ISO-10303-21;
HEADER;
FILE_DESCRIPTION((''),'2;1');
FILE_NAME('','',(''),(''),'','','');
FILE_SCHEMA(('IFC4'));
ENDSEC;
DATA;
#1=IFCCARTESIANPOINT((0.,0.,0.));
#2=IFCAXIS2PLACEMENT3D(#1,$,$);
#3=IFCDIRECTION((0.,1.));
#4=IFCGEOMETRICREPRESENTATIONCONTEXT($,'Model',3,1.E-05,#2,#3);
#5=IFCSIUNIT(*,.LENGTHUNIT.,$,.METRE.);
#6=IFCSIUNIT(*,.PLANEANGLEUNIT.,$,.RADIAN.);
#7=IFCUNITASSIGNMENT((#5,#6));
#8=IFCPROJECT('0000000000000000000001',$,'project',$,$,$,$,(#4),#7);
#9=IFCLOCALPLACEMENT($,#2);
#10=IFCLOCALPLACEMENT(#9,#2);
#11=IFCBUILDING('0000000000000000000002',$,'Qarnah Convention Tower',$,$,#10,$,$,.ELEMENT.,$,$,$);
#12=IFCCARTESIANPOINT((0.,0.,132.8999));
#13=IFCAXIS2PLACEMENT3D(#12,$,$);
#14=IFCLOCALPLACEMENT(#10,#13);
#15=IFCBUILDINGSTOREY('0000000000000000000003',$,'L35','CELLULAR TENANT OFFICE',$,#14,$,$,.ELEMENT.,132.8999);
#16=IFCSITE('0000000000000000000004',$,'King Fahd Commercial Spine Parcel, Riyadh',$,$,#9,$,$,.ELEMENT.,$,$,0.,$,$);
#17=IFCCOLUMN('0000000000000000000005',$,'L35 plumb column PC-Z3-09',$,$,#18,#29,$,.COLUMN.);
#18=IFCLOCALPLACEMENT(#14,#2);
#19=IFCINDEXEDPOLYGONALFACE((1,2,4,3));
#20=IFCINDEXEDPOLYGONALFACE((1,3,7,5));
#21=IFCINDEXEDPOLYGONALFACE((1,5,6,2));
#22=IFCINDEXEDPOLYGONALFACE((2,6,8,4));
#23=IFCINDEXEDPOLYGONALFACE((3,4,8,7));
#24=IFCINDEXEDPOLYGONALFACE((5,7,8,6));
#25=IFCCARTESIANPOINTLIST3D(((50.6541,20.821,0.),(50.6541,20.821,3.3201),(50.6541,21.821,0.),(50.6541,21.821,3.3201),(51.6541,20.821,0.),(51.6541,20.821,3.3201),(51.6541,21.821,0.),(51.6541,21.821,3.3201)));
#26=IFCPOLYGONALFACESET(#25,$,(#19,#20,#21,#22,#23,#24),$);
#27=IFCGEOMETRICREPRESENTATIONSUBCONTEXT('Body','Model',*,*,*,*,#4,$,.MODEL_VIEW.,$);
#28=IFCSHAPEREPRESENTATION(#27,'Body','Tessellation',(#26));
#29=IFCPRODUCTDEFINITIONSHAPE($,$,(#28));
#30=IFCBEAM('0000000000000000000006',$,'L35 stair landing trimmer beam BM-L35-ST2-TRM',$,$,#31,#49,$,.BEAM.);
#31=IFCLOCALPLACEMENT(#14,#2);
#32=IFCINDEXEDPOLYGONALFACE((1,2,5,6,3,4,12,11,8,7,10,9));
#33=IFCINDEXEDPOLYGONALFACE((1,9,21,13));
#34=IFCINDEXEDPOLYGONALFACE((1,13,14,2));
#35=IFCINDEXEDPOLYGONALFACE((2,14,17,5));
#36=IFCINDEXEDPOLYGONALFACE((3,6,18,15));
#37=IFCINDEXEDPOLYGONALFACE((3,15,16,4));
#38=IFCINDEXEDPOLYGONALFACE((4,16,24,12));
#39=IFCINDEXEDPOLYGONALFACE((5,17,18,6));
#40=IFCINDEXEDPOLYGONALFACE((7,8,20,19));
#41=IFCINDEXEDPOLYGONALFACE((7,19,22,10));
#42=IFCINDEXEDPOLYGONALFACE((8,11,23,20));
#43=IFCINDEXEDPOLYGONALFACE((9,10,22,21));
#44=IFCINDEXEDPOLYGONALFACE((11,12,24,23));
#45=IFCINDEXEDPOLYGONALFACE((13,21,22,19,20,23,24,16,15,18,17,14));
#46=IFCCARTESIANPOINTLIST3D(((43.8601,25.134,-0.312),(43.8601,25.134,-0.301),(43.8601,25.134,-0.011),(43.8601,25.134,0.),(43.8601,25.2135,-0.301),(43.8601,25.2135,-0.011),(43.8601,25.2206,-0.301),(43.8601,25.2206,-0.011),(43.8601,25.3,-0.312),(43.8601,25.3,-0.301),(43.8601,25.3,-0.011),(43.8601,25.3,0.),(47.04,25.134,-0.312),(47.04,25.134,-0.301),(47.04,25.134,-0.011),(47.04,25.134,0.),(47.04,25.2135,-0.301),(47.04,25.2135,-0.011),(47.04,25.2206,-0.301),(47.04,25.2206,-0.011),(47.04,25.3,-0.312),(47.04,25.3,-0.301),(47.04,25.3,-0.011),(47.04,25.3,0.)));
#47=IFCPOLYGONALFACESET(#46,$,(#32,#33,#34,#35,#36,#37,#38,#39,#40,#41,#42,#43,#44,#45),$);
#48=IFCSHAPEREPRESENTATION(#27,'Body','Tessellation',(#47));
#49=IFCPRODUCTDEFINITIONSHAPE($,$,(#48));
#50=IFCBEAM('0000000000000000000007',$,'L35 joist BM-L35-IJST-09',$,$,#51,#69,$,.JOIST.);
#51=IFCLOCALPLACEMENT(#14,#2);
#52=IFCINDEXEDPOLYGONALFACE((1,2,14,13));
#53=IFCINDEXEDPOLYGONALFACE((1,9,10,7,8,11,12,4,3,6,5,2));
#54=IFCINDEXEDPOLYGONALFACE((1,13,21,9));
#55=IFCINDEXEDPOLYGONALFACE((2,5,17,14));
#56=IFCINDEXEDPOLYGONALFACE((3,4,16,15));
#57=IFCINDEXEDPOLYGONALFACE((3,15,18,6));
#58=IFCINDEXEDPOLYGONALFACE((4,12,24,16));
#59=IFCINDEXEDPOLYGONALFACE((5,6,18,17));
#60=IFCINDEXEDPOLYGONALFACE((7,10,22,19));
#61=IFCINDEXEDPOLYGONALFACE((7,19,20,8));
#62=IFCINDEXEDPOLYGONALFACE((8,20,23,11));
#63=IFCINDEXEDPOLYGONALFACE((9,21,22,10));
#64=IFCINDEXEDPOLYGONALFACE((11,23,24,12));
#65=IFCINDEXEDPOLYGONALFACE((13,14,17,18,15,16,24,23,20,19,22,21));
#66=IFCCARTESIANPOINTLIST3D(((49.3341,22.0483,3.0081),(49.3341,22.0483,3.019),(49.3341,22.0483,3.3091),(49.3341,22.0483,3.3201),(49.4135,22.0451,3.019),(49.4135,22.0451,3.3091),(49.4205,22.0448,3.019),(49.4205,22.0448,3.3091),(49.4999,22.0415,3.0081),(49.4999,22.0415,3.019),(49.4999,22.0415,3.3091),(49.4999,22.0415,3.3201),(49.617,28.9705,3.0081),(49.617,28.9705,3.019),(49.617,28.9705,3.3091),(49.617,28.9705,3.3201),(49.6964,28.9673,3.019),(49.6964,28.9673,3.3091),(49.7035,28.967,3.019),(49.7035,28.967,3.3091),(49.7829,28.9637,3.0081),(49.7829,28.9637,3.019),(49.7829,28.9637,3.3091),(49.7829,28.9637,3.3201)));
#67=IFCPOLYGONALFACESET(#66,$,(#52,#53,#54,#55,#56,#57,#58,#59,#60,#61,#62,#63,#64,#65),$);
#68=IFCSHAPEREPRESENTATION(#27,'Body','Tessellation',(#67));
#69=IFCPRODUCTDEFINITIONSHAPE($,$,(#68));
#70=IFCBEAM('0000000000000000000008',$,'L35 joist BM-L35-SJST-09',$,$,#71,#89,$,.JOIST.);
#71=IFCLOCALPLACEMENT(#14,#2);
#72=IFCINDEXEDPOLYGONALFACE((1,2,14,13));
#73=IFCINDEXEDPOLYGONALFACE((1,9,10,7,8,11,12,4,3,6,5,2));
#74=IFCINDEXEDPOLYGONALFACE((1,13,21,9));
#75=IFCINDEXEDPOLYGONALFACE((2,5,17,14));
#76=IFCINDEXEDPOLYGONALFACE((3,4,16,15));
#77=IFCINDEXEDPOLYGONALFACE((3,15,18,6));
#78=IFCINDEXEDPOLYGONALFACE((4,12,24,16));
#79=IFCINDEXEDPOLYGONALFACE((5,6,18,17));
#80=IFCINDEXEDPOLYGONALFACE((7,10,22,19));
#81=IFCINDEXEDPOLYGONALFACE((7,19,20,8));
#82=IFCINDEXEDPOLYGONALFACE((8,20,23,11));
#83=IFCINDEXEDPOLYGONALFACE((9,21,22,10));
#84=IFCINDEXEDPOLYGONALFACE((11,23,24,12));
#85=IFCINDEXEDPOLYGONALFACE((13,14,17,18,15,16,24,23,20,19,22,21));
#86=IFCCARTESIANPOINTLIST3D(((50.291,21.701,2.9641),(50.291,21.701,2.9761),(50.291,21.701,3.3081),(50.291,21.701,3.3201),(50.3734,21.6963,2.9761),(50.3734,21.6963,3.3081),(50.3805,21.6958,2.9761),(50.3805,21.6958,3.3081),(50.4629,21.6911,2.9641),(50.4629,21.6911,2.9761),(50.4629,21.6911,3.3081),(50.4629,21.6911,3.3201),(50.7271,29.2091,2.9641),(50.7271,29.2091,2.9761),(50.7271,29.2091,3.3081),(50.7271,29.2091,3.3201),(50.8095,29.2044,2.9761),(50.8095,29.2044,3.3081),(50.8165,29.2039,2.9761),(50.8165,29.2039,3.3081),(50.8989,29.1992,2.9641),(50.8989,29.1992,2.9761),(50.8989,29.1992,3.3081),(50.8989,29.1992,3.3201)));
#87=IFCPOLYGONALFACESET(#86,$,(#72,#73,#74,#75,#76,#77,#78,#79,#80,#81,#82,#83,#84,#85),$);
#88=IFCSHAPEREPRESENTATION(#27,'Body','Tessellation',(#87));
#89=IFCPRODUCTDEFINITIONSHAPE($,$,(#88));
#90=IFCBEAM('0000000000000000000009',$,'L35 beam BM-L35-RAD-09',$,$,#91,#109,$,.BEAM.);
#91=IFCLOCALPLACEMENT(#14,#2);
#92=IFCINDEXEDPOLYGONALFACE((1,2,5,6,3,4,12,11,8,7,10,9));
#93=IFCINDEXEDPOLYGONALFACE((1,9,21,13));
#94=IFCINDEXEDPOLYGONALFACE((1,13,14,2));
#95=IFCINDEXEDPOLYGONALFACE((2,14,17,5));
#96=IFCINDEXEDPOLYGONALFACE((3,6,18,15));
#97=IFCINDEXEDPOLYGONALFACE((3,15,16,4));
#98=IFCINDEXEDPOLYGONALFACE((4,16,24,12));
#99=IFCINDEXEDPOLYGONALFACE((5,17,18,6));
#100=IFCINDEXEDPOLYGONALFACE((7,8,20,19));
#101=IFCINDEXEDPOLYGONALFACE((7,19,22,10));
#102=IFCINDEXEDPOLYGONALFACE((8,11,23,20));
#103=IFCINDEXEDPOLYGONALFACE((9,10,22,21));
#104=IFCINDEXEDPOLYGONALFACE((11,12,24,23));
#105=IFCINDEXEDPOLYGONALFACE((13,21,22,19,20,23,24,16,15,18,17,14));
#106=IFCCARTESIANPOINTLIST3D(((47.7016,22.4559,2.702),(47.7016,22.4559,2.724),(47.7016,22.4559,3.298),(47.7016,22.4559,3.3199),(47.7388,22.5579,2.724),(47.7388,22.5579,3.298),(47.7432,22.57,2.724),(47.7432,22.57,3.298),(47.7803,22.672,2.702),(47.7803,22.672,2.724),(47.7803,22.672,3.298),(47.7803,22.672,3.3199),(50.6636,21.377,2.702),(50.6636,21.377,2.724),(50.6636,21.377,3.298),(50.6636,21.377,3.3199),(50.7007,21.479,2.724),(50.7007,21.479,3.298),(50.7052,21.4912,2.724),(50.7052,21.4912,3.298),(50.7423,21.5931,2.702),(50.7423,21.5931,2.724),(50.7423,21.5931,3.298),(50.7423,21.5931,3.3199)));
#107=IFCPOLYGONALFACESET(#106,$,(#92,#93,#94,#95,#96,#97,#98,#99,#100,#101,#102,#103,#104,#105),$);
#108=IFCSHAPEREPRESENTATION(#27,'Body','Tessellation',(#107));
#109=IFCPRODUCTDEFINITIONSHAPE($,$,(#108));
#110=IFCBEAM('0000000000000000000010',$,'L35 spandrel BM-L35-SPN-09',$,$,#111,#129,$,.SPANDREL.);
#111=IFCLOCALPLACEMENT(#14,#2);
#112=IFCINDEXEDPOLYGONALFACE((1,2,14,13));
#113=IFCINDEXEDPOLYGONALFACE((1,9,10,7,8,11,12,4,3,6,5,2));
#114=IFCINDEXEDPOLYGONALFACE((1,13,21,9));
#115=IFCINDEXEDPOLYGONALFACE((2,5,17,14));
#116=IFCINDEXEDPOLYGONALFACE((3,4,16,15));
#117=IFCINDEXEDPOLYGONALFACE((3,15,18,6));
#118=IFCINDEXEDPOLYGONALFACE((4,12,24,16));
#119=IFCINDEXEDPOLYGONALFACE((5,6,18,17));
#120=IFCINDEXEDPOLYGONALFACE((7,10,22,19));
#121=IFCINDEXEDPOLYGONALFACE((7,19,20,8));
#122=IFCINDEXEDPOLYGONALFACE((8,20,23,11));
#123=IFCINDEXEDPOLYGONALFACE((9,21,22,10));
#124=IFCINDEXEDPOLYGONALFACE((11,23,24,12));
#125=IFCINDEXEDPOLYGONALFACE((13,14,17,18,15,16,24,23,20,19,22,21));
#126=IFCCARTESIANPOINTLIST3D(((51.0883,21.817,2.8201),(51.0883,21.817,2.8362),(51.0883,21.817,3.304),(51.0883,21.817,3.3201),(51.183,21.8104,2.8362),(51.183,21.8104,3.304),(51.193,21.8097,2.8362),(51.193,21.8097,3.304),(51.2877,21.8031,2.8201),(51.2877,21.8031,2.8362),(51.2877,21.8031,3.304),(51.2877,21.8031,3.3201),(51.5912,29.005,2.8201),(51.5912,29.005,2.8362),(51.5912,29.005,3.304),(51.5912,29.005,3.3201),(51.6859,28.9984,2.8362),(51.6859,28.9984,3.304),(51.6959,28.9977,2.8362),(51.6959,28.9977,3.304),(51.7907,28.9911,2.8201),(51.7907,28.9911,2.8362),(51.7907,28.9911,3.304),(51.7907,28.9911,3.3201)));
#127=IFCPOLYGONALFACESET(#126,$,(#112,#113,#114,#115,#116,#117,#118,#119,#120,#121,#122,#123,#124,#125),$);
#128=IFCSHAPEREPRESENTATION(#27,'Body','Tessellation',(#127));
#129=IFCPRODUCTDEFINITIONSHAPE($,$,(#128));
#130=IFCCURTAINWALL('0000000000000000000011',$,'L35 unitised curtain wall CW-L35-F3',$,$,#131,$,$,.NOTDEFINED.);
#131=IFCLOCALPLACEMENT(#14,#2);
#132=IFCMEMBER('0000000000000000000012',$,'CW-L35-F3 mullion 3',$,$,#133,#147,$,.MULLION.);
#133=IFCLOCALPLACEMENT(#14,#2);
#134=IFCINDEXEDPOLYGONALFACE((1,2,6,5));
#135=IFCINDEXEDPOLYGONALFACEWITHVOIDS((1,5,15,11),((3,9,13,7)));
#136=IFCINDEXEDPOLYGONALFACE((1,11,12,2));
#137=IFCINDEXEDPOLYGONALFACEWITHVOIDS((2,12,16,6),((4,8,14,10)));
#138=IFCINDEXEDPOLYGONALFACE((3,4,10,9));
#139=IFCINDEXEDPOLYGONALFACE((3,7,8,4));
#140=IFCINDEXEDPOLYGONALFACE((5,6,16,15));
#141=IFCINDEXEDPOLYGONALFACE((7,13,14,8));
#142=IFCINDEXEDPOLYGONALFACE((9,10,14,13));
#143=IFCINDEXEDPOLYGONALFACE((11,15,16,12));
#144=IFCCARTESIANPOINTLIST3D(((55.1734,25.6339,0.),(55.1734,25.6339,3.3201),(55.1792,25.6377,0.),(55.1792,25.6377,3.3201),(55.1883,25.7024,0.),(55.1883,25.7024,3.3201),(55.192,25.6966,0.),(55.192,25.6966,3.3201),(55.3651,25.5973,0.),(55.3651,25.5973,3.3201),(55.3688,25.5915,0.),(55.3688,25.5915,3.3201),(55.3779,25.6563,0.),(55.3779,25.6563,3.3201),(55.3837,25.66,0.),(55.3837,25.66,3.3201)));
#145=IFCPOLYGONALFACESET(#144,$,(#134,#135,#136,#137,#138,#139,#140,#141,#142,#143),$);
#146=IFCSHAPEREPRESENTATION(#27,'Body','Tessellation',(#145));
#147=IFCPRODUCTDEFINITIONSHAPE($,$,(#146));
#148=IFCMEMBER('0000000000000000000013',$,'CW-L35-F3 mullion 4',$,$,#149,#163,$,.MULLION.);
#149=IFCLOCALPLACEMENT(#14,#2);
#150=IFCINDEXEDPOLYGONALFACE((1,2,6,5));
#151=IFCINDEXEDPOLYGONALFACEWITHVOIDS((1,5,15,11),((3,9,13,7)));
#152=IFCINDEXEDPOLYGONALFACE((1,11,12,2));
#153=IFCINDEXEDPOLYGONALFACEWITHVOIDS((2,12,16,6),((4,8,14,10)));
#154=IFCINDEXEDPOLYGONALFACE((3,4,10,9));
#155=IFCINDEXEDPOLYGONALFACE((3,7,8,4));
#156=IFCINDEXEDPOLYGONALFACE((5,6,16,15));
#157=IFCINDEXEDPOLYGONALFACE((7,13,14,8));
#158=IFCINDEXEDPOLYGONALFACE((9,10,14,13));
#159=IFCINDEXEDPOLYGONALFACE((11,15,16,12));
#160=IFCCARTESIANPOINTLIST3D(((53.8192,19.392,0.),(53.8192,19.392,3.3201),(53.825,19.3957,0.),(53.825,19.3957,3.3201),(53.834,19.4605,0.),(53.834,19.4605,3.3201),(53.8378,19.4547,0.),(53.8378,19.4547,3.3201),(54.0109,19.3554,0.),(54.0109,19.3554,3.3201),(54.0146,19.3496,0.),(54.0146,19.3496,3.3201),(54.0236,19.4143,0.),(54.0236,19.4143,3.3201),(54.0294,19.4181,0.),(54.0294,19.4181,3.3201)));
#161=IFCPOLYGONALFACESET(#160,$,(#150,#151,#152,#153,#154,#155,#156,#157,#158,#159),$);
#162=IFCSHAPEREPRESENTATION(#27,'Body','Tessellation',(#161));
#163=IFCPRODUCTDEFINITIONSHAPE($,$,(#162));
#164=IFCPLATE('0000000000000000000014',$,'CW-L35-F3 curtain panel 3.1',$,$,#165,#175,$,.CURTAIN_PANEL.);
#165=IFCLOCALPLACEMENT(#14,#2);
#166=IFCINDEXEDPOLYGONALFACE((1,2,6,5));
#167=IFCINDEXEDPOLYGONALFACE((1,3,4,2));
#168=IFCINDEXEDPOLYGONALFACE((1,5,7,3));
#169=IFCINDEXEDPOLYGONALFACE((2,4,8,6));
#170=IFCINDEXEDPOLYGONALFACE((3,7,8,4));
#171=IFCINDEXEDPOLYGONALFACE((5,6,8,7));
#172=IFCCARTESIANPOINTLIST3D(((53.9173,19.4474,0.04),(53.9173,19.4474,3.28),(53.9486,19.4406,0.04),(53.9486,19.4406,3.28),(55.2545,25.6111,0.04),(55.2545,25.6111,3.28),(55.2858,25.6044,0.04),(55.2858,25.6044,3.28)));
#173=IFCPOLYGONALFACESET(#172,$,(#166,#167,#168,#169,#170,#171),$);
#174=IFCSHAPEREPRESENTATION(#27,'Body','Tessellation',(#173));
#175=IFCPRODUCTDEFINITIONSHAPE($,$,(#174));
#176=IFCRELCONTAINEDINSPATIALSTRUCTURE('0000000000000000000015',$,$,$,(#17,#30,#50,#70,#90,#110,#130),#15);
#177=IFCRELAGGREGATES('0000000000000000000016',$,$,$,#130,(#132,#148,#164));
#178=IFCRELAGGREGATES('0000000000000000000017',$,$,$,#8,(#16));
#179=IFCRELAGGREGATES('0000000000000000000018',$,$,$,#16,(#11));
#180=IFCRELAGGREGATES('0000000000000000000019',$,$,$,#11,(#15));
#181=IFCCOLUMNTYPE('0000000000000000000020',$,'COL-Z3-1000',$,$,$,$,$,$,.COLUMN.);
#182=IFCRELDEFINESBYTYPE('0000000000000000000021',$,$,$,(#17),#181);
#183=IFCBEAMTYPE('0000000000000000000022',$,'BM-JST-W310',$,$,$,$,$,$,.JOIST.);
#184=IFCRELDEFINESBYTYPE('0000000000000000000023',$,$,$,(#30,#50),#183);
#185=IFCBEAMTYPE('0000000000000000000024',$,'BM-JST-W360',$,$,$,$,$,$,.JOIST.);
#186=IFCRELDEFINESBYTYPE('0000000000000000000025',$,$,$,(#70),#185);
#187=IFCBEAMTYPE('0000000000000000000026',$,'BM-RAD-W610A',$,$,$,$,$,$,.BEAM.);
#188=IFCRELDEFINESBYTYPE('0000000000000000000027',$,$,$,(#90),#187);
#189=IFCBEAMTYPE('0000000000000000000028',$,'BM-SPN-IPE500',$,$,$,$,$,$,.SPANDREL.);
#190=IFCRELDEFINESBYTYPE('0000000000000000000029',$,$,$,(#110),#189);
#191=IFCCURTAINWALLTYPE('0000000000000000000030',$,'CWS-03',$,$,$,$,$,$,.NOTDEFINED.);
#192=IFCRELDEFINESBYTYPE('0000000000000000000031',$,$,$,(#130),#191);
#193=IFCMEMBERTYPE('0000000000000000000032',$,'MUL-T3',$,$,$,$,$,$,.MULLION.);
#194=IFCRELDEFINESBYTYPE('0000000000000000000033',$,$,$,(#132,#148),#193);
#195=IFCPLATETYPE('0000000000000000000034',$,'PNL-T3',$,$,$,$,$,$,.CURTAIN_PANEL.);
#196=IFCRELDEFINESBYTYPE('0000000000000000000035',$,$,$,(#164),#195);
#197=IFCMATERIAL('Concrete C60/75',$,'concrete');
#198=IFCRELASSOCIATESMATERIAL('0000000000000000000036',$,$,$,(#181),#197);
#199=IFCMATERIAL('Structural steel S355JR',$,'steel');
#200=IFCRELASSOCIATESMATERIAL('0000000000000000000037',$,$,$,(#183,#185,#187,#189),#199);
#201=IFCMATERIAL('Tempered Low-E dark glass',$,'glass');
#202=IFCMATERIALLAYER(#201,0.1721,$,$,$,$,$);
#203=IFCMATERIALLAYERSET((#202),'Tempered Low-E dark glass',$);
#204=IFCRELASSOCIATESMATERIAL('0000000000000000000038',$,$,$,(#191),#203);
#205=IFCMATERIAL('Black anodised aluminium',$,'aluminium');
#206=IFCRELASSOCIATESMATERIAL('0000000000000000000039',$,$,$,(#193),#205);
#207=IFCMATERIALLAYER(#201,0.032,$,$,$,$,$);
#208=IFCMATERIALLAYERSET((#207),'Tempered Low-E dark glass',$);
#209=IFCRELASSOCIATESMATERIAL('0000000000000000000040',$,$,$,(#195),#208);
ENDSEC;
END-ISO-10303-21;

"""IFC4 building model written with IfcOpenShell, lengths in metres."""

from ifc_helpers import new_model, si_unit, direction, frame, origin, origin_2d, place, context, subcontext, project, spatial, rectangle, hollow_rectangle, i_section, extrude, material, layer, layer_set, material_profile, profile_set, type_object, element, aggregate, save


model = new_model("IFC4")

# Units and contexts
model_context = context("Model", 3, precision=1e-05, world=origin(), true_north=direction((0.0, 1.0)))
body_context = subcontext(model_context, "Body", "Model", "MODEL_VIEW")
ifc_project = project(units=[si_unit("LENGTHUNIT", "METRE"), si_unit("PLANEANGLEUNIT", "RADIAN")], contexts=[model_context])

# Site, building, storey
site_placement = place(None, origin())
site = spatial("IfcSite", under=ifc_project, at=site_placement, Name="King Fahd Commercial Spine Parcel, Riyadh", CompositionType="ELEMENT", RefElevation=0.0)
building_placement = place(site_placement, origin())
building = spatial("IfcBuilding", under=site, at=building_placement, Name="Qarnah Convention Tower", CompositionType="ELEMENT")
storey_placement = place(building_placement, frame((0.0, 0.0, 132.8999)))
storey = spatial("IfcBuildingStorey", under=building, at=storey_placement, Name="L35", Description="CELLULAR TENANT OFFICE", CompositionType="ELEMENT", Elevation=132.8999)

# Column
ifc_material_1 = material(Name="Concrete C60/75", Category="concrete")
ifc_material_profile_1 = material_profile(ifc_material_1, rectangle(XDim=1.0, YDim=1.0, at=origin_2d()), Name="RC-COL-1000X1000")
ifc_profile_set_1 = profile_set([ifc_material_profile_1], Name="Concrete C60/75")
column_type = type_object("IfcColumnType", Name="COL-Z3-1000", PredefinedType="COLUMN", material=ifc_profile_set_1)
column_placement = place(storey_placement, frame((51.1541, 21.321, 0.0), z_axis=(0.0, 0.0, 1.0), x_axis=(1.0, 0.0, 0.0)))
element("IfcColumn", 1, at=column_placement, inside=storey, type_object=column_type, Name="L35 plumb column PC-Z3-09", PredefinedType="COLUMN", context=body_context, shape_type="SweptSolid", body=[
    extrude(rectangle(XDim=1.0, YDim=1.0, at=origin_2d()), origin(), (0.0, 0.0, 1.0), 3.3201),
])

# Beams
ifc_material_2 = material(Name="Structural steel S355JR", Category="steel")
ifc_material_profile_2 = material_profile(ifc_material_2, i_section(OverallWidth=0.166, OverallDepth=0.312, WebThickness=0.0071, FlangeThickness=0.011, at=origin_2d()), Name="W310X45")
ifc_profile_set_2 = profile_set([ifc_material_profile_2], Name="Structural steel S355JR")
beam_type_1 = type_object("IfcBeamType", Name="BM-JST-W310", PredefinedType="JOIST", material=ifc_profile_set_2)
beam_1_placement = place(storey_placement, frame((43.8601, 25.217, -0.156), z_axis=(1.0, 0.0, 0.0), x_axis=(0.0, 1.0, 0.0)))
element("IfcBeam", 2, at=beam_1_placement, inside=storey, type_object=beam_type_1, Name="L35 stair landing trimmer beam BM-L35-ST2-TRM", PredefinedType="BEAM", context=body_context, shape_type="SweptSolid", body=[
    extrude(i_section(OverallWidth=0.166, OverallDepth=0.312, WebThickness=0.0071, FlangeThickness=0.011, at=origin_2d()), origin(), (0.0, 0.0, 1.0), 3.1799),
])
beam_2_placement = place(storey_placement, frame((49.417, 22.0449, 3.1641), z_axis=(0.040843, 0.999166, 0.0), x_axis=(-0.999166, 0.040843, 0.0)))
element("IfcBeam", 3, at=beam_2_placement, inside=storey, type_object=beam_type_1, Name="L35 joist BM-L35-IJST-09", PredefinedType="JOIST", context=body_context, shape_type="SweptSolid", body=[
    extrude(i_section(OverallWidth=0.166, OverallDepth=0.312, WebThickness=0.0071, FlangeThickness=0.011, at=origin_2d()), origin(), (0.0, 0.0, 1.0), 6.928),
])
ifc_material_profile_3 = material_profile(ifc_material_2, i_section(OverallWidth=0.1721, OverallDepth=0.356, WebThickness=0.0071, FlangeThickness=0.012, at=origin_2d()), Name="W360X51")
ifc_profile_set_3 = profile_set([ifc_material_profile_3], Name="Structural steel S355JR")
beam_type_2 = type_object("IfcBeamType", Name="BM-JST-W360", PredefinedType="JOIST", material=ifc_profile_set_3)
beam_3_placement = place(storey_placement, frame((50.377, 21.696, 3.1421), z_axis=(0.057978, 0.998318, 0.0), x_axis=(-0.998318, 0.057978, 0.0)))
element("IfcBeam", 4, at=beam_3_placement, inside=storey, type_object=beam_type_2, Name="L35 joist BM-L35-SJST-09", PredefinedType="JOIST", context=body_context, shape_type="SweptSolid", body=[
    extrude(i_section(OverallWidth=0.1721, OverallDepth=0.356, WebThickness=0.0071, FlangeThickness=0.012, at=origin_2d()), origin(), (0.0, 0.0, 1.0), 7.5208),
])
ifc_material_profile_4 = material_profile(ifc_material_2, i_section(OverallWidth=0.23, OverallDepth=0.6179, WebThickness=0.0129, FlangeThickness=0.022, at=origin_2d()), Name="W610X140")
ifc_profile_set_4 = profile_set([ifc_material_profile_4], Name="Structural steel S355JR")
beam_type_3 = type_object("IfcBeamType", Name="BM-RAD-W610A", PredefinedType="BEAM", material=ifc_profile_set_4)
beam_4_placement = place(storey_placement, frame((47.741, 22.564, 3.011), z_axis=(0.93961, -0.342247, 0.0), x_axis=(0.342247, 0.93961, 0.0)))
element("IfcBeam", 5, at=beam_4_placement, inside=storey, type_object=beam_type_3, Name="L35 beam BM-L35-RAD-09", PredefinedType="BEAM", context=body_context, shape_type="SweptSolid", body=[
    extrude(i_section(OverallWidth=0.23, OverallDepth=0.6179, WebThickness=0.0129, FlangeThickness=0.022, at=origin_2d()), origin(), (0.0, 0.0, 1.0), 3.1523),
])
ifc_material_profile_5 = material_profile(ifc_material_2, i_section(OverallWidth=0.2, OverallDepth=0.5, WebThickness=0.01, FlangeThickness=0.0161, at=origin_2d()), Name="IPE500")
ifc_profile_set_5 = profile_set([ifc_material_profile_5], Name="Structural steel S355JR")
beam_type_4 = type_object("IfcBeamType", Name="BM-SPN-IPE500", PredefinedType="SPANDREL", material=ifc_profile_set_5)
beam_5_placement = place(storey_placement, frame((51.188, 21.8101, 3.0701), z_axis=(0.069797, 0.997561, 0.0), x_axis=(-0.997561, 0.069797, 0.0)))
element("IfcBeam", 6, at=beam_5_placement, inside=storey, type_object=beam_type_4, Name="L35 spandrel BM-L35-SPN-09", PredefinedType="SPANDREL", context=body_context, shape_type="SweptSolid", body=[
    extrude(i_section(OverallWidth=0.2, OverallDepth=0.5, WebThickness=0.01, FlangeThickness=0.0161, at=origin_2d()), origin(), (0.0, 0.0, 1.0), 7.2056),
])

# Curtain wall, members, plate
ifc_material_3 = material(Name="Tempered Low-E dark glass", Category="glass")
ifc_layer_1 = layer(ifc_material_3, 0.1721)
ifc_layer_set_1 = layer_set([ifc_layer_1], Name="Tempered Low-E dark glass")
curtain_wall_type = type_object("IfcCurtainWallType", Name="CWS-03", PredefinedType="NOTDEFINED", material=ifc_layer_set_1)
curtain_wall_placement = place(storey_placement, origin())
curtain_wall = element("IfcCurtainWall", 7, at=curtain_wall_placement, inside=storey, type_object=curtain_wall_type, Name="L35 unitised curtain wall CW-L35-F3", PredefinedType="NOTDEFINED")
ifc_material_4 = material(Name="Black anodised aluminium", Category="aluminium")
ifc_material_profile_6 = material_profile(ifc_material_4, hollow_rectangle(XDim=0.0701, YDim=0.2, WallThickness=0.0049, at=origin_2d()), Name="MUL-70X200")
ifc_profile_set_6 = profile_set([ifc_material_profile_6], Name="Black anodised aluminium")
member_type = type_object("IfcMemberType", Name="MUL-T3", PredefinedType="MULLION", material=ifc_profile_set_6)
member_1_placement = place(storey_placement, frame((55.2786, 25.647, 0.0), z_axis=(0.0, 0.0, 1.0), x_axis=(-0.212018, -0.977266, 0.0)))
member_1 = element("IfcMember", 8, at=member_1_placement, type_object=member_type, Name="CW-L35-F3 mullion 3", PredefinedType="MULLION", context=body_context, shape_type="SweptSolid", body=[
    extrude(hollow_rectangle(XDim=0.0701, YDim=0.2, WallThickness=0.0049, at=origin_2d()), origin(), (0.0, 0.0, 1.0), 3.3201),
])
member_2_placement = place(storey_placement, frame((53.9243, 19.405, 0.0), z_axis=(0.0, 0.0, 1.0), x_axis=(-0.212018, -0.977266, 0.0)))
member_2 = element("IfcMember", 9, at=member_2_placement, type_object=member_type, Name="CW-L35-F3 mullion 4", PredefinedType="MULLION", context=body_context, shape_type="SweptSolid", body=[
    extrude(hollow_rectangle(XDim=0.0701, YDim=0.2, WallThickness=0.0049, at=origin_2d()), origin(), (0.0, 0.0, 1.0), 3.3201),
])
ifc_layer_2 = layer(ifc_material_3, 0.032)
ifc_layer_set_2 = layer_set([ifc_layer_2], Name="Tempered Low-E dark glass")
plate_type = type_object("IfcPlateType", Name="PNL-T3", PredefinedType="CURTAIN_PANEL", material=ifc_layer_set_2)
plate_placement = place(storey_placement, frame((54.6016, 22.5259, 0.04), z_axis=(0.0, 0.0, 1.0), x_axis=(-0.212018, -0.977266, 0.0)))
plate = element("IfcPlate", 10, at=plate_placement, type_object=plate_type, Name="CW-L35-F3 curtain panel 3.1", PredefinedType="CURTAIN_PANEL", context=body_context, shape_type="SweptSolid", body=[
    extrude(rectangle(XDim=6.3071, YDim=0.032, at=origin_2d()), origin(), (0.0, 0.0, 1.0), 3.24),
])
aggregate(curtain_wall, [member_1, member_2, plate])

save(model, "model.ifc")
